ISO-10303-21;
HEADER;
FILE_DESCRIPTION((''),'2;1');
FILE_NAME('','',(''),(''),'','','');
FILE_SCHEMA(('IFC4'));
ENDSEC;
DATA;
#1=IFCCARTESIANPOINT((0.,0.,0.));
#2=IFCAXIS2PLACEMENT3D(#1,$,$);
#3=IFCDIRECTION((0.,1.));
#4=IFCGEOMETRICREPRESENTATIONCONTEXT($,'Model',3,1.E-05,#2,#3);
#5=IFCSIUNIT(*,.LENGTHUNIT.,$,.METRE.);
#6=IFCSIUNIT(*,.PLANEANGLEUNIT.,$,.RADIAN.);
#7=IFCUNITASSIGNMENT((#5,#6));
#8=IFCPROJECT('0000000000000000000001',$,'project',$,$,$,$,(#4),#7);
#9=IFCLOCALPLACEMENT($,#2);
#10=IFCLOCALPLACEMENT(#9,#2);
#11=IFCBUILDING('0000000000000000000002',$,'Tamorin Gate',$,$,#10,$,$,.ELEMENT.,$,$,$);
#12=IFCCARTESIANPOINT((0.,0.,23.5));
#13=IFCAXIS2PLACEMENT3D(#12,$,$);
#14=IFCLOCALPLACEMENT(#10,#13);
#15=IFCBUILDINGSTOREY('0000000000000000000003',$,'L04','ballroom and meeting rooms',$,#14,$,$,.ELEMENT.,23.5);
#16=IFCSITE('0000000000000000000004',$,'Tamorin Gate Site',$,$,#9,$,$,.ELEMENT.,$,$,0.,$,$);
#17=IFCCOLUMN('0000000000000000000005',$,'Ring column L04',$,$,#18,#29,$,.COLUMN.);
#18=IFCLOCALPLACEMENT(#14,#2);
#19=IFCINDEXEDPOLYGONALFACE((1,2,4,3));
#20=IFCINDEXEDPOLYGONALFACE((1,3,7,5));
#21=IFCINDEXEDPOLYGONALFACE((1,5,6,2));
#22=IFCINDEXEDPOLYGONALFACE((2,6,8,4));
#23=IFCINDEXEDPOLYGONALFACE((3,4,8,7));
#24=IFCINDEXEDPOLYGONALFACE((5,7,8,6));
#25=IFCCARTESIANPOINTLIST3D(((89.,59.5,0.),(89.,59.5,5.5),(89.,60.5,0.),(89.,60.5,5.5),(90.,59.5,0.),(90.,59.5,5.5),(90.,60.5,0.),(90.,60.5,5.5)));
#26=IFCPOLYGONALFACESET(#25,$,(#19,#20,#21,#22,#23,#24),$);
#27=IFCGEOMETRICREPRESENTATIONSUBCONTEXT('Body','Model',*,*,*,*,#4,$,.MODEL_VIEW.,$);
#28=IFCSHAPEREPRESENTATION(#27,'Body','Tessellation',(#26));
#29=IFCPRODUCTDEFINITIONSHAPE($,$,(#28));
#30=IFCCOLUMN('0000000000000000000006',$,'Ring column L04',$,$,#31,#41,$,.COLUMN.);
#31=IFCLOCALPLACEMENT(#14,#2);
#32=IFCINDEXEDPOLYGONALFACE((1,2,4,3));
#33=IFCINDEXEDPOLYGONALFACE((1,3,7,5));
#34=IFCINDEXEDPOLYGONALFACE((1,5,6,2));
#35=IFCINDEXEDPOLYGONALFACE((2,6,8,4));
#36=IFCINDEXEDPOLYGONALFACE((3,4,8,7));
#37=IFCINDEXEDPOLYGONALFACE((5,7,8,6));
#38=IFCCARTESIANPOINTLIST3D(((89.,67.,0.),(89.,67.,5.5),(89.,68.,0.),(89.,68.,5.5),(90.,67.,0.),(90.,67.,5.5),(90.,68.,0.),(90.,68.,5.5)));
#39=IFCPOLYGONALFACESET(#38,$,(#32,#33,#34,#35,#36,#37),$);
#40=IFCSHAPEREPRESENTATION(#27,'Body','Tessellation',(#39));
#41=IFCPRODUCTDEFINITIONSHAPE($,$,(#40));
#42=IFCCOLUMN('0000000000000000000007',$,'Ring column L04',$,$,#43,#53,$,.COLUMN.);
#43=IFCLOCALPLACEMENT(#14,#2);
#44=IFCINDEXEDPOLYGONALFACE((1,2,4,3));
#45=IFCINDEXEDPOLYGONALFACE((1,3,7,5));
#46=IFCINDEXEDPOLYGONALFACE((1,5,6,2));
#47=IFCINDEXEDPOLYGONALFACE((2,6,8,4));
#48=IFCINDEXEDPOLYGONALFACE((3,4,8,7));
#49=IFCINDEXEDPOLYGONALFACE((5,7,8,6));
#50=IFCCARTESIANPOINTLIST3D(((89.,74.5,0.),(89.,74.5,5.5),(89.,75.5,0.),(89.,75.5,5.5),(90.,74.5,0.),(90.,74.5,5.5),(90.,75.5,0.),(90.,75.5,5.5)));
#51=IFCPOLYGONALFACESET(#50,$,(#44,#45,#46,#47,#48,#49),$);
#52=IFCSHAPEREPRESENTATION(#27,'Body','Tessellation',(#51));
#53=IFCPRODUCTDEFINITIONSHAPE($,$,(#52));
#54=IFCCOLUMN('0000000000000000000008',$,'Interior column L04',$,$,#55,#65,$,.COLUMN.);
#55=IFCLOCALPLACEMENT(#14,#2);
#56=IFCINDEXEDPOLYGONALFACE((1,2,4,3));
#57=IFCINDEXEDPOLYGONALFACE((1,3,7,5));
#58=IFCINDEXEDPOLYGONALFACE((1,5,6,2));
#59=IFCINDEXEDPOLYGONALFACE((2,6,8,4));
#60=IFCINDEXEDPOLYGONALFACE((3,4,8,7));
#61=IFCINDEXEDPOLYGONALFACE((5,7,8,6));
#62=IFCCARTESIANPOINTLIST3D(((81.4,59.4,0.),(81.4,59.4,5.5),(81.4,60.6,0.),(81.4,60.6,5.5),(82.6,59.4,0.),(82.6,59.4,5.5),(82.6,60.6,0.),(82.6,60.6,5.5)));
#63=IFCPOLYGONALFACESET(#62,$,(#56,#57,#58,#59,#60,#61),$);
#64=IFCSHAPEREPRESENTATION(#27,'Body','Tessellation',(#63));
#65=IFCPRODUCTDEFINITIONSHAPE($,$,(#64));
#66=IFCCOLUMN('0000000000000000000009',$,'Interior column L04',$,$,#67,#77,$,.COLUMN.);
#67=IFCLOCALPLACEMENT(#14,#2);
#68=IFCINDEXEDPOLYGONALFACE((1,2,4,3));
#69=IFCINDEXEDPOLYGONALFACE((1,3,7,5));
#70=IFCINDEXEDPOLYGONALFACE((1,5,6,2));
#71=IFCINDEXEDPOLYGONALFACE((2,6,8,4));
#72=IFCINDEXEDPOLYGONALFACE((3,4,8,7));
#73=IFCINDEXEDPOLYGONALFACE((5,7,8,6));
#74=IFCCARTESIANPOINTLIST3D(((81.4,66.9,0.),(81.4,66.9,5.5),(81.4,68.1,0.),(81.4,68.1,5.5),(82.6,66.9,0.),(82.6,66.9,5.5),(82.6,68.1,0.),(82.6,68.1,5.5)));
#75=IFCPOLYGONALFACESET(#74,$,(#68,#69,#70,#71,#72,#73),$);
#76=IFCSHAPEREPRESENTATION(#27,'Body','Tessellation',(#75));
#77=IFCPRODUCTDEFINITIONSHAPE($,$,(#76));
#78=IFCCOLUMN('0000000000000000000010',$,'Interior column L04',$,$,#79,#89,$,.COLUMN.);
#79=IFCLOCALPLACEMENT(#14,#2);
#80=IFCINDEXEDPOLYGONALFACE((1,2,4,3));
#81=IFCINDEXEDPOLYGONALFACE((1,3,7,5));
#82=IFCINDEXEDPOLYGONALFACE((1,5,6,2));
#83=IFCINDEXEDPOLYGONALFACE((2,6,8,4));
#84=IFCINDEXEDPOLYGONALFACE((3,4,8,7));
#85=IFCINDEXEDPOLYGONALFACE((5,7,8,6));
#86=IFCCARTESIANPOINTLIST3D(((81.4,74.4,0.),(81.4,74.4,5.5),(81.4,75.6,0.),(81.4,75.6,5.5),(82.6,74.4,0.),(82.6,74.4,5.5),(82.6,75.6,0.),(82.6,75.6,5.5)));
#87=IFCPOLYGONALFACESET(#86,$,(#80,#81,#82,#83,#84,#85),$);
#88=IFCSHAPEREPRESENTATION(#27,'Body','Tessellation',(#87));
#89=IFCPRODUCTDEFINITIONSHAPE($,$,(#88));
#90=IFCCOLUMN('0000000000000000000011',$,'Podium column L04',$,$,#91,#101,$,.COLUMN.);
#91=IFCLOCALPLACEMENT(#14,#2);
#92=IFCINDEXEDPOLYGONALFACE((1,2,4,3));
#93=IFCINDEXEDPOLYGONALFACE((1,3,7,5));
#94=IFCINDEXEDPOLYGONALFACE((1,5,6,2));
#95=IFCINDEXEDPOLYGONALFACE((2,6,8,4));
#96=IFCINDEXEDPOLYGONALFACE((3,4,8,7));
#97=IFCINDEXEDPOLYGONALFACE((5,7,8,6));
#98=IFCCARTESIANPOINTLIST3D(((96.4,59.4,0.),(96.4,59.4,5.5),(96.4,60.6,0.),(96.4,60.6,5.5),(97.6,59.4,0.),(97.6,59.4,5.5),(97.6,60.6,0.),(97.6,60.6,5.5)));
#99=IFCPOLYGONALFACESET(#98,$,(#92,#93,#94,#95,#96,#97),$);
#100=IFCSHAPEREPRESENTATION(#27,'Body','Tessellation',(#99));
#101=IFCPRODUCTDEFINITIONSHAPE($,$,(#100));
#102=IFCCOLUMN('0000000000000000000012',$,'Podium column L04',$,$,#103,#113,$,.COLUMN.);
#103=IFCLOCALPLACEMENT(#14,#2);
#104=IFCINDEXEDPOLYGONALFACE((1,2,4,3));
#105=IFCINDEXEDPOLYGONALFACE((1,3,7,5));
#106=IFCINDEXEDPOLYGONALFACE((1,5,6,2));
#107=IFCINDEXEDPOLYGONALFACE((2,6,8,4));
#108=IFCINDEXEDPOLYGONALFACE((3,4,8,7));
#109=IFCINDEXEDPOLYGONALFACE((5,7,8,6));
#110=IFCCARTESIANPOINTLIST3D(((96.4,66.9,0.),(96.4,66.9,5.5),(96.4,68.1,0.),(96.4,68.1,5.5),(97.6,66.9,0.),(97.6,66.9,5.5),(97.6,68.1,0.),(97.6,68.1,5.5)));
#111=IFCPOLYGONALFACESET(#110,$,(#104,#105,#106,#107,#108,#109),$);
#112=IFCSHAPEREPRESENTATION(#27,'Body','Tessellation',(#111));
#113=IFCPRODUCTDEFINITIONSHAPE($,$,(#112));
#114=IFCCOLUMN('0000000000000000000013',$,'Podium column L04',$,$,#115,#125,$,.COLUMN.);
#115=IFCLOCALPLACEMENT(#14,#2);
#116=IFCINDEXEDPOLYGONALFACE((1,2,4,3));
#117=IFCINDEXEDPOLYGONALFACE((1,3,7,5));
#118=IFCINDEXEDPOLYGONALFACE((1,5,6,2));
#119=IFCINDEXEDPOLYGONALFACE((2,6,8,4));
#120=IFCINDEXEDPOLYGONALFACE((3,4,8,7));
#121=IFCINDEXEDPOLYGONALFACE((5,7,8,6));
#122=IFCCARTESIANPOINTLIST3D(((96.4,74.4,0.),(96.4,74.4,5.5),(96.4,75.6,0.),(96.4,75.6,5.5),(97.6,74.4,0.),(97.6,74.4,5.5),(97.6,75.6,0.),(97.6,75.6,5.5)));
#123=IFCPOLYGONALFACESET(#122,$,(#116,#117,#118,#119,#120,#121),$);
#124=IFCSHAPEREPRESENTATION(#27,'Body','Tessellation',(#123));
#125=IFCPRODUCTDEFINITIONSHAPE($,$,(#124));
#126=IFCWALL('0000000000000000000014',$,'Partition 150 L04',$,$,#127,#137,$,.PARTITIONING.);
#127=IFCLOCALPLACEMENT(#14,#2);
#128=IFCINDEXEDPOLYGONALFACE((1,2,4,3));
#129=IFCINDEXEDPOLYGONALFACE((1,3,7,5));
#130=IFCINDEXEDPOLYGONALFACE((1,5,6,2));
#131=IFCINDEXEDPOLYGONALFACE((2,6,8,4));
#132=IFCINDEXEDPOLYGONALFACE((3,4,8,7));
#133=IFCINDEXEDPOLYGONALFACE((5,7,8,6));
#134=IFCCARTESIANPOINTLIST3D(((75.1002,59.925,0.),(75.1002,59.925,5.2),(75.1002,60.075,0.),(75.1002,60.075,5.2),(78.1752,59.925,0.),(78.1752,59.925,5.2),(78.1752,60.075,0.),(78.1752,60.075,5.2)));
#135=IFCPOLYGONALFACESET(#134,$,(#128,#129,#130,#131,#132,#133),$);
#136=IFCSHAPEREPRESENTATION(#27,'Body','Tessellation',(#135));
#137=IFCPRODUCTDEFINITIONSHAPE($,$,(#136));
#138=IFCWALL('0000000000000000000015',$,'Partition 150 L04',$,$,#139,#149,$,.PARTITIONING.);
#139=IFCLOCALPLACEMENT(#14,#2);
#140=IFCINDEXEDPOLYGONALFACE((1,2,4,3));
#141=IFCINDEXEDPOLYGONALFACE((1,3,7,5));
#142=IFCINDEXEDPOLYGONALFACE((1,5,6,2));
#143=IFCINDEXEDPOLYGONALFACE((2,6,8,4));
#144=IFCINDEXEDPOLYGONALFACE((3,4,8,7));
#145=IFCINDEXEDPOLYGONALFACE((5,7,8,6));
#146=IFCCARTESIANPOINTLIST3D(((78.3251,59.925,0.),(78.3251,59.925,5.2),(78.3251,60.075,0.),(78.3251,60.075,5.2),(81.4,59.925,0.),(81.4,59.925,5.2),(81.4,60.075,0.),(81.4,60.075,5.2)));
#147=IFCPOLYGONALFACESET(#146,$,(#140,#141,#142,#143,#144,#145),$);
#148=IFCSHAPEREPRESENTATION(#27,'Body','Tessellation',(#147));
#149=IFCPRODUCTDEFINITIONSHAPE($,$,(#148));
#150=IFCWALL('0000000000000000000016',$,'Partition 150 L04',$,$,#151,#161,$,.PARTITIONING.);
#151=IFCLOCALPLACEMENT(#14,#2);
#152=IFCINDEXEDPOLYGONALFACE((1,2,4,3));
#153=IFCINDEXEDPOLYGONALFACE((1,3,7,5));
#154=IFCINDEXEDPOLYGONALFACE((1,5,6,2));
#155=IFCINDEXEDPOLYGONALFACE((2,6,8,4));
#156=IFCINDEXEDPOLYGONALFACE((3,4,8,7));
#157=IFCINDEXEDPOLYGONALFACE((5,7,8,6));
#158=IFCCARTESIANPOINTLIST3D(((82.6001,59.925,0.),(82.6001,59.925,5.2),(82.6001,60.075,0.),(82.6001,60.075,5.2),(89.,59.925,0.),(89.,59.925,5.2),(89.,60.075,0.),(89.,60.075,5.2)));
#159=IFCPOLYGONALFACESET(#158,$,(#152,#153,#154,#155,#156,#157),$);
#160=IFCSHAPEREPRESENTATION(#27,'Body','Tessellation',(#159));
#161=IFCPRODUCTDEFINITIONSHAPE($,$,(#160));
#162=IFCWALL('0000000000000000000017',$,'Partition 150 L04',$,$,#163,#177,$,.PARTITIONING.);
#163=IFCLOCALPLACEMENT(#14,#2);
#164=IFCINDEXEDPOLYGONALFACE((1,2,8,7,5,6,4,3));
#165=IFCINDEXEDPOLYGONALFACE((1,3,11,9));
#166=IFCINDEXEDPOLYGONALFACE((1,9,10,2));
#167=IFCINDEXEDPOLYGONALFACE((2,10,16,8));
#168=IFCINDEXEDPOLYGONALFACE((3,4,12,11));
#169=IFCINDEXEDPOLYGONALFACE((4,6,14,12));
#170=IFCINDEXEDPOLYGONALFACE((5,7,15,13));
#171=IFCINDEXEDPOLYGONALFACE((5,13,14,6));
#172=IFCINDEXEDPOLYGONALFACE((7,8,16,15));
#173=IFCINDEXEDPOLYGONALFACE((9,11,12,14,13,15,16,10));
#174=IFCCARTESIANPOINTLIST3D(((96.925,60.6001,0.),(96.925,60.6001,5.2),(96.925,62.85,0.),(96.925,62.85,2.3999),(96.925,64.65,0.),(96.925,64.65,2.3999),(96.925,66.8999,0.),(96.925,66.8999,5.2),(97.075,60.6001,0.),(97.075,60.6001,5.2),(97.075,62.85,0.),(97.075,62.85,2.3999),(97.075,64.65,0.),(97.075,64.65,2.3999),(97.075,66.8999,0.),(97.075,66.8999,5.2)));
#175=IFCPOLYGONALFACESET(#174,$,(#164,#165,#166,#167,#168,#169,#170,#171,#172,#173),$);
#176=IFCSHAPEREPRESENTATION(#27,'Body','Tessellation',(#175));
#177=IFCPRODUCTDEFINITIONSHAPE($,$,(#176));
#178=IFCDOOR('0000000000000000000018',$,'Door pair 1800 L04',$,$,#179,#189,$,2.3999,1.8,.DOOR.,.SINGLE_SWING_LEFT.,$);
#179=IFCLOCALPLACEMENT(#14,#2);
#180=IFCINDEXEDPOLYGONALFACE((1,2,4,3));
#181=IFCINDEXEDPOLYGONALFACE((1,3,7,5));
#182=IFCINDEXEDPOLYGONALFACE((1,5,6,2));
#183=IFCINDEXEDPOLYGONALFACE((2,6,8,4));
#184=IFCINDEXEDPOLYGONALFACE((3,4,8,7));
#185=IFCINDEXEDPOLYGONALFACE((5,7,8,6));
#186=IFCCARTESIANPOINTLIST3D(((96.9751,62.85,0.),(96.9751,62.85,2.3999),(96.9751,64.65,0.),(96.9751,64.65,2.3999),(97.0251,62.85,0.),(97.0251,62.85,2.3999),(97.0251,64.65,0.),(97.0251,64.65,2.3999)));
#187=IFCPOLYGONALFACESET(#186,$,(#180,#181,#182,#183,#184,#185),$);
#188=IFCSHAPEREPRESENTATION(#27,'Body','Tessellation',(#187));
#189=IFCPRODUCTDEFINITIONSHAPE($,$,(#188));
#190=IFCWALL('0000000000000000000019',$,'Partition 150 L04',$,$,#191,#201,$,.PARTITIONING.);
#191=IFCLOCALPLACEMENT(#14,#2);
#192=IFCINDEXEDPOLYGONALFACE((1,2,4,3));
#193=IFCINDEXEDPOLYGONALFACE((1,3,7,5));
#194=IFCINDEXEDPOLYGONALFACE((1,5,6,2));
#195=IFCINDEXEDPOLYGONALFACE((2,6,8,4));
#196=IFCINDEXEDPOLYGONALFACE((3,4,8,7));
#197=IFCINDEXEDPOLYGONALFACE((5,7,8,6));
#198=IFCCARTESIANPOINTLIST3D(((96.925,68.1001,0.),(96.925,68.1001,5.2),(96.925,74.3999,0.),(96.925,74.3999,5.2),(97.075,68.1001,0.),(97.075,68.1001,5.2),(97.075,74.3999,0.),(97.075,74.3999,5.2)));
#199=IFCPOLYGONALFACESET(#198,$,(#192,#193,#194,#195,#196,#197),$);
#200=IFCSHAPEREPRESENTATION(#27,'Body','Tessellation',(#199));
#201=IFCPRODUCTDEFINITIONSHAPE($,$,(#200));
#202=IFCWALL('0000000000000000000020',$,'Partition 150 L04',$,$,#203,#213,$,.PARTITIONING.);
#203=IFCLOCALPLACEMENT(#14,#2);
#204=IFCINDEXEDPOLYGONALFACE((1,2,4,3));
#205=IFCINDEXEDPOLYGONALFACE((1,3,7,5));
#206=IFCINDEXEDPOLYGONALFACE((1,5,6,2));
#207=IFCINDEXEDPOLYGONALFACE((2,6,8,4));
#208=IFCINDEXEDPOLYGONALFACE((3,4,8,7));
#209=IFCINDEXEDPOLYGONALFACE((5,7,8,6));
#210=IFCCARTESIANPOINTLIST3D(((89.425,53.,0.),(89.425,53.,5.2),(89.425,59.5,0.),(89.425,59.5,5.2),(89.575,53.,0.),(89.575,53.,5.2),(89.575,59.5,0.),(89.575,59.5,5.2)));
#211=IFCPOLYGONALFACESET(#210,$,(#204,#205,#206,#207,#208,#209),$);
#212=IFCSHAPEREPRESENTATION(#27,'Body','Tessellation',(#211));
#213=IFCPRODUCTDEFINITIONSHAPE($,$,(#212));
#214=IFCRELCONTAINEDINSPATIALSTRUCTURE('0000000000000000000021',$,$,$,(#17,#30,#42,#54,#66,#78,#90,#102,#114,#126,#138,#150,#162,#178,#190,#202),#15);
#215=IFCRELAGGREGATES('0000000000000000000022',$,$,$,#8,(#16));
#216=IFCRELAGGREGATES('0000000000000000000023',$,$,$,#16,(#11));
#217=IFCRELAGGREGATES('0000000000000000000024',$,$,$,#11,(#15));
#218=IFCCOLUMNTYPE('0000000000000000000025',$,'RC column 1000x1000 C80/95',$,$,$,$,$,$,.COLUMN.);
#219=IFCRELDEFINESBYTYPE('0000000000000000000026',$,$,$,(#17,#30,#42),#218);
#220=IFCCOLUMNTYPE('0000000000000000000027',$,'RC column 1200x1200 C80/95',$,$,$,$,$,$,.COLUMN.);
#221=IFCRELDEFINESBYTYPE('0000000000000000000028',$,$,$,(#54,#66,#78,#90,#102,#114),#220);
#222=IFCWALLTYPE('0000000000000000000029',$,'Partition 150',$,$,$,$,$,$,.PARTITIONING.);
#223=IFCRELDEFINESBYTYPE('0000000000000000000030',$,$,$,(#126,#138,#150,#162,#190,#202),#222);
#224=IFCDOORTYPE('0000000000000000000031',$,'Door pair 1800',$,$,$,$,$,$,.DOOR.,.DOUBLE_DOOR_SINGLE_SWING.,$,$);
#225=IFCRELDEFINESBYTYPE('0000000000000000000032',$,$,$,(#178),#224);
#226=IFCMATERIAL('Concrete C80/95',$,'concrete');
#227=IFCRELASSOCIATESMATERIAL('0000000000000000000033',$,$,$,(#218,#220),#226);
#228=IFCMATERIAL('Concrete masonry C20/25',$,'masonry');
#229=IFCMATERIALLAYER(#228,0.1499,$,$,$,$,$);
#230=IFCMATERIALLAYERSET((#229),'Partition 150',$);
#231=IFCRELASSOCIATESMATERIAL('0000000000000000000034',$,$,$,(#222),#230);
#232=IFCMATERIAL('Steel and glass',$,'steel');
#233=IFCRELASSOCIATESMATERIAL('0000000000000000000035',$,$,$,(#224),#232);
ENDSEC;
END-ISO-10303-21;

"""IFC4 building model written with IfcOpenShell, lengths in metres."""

from ifc_helpers import new_model, si_unit, direction, frame, frame_2d, origin, origin_2d, place, context, subcontext, project, spatial, rectangle, extrude, material, layer, layer_set, material_profile, profile_set, type_object, element, fill, save


model = new_model("IFC4")

# Units and contexts
model_context = context("Model", 3, precision=1e-05, world=origin(), true_north=direction((0.0, 1.0)))
body_context = subcontext(model_context, "Body", "Model", "MODEL_VIEW")
ifc_project = project(units=[si_unit("LENGTHUNIT", "METRE"), si_unit("PLANEANGLEUNIT", "RADIAN")], contexts=[model_context])

# Site, building, storey
site_placement = place(None, origin())
site = spatial("IfcSite", under=ifc_project, at=site_placement, Name="Tamorin Gate Site", CompositionType="ELEMENT", RefElevation=0.0)
building_placement = place(site_placement, origin())
building = spatial("IfcBuilding", under=site, at=building_placement, Name="Tamorin Gate", CompositionType="ELEMENT")
storey_placement = place(building_placement, frame((0.0, 0.0, 23.5)))
storey = spatial("IfcBuildingStorey", under=building, at=storey_placement, Name="L04", Description="ballroom and meeting rooms", CompositionType="ELEMENT", Elevation=23.5)

# Columns
ifc_material_1 = material(Name="Concrete C80/95", Category="concrete")
ifc_material_profile_1 = material_profile(ifc_material_1, rectangle(XDim=1.0, YDim=1.0, at=origin_2d()), Name="RC 1000x1000")
ifc_profile_set_1 = profile_set([ifc_material_profile_1], Name="Concrete C80/95")
column_type_1 = type_object("IfcColumnType", Name="RC column 1000x1000 C80/95", PredefinedType="COLUMN", material=ifc_profile_set_1)
for number, where, z_axis, x_axis, name in (
    (1, (89.5, 60.0, 0.0), (0.0, 0.0, 1.0), (1.0, 0.0, 0.0), "Ring column L04"),
    (2, (89.5, 67.5, 0.0), (0.0, 0.0, 1.0), (1.0, 0.0, 0.0), "Ring column L04"),
    (3, (89.5, 75.0, 0.0), (0.0, 0.0, 1.0), (1.0, 0.0, 0.0), "Ring column L04"),
):
    element("IfcColumn", number, at=place(storey_placement, frame(where, z_axis=z_axis, x_axis=x_axis)), inside=storey, type_object=column_type_1, Name=name, PredefinedType="COLUMN", context=body_context, shape_type="SweptSolid", body=[
        extrude(rectangle(XDim=1.0, YDim=1.0, at=origin_2d()), origin(), (0.0, 0.0, 1.0), 5.5),
    ])
ifc_material_profile_2 = material_profile(ifc_material_1, rectangle(XDim=1.2, YDim=1.2, at=origin_2d()), Name="RC 1200x1200")
ifc_profile_set_2 = profile_set([ifc_material_profile_2], Name="Concrete C80/95")
column_type_2 = type_object("IfcColumnType", Name="RC column 1200x1200 C80/95", PredefinedType="COLUMN", material=ifc_profile_set_2)
for number, where, z_axis, x_axis, name in (
    (4, (82.0, 60.0, 0.0), (0.0, 0.0, 1.0), (1.0, 0.0, 0.0), "Interior column L04"),
    (5, (82.0, 67.5, 0.0), (0.0, 0.0, 1.0), (1.0, 0.0, 0.0), "Interior column L04"),
    (6, (82.0, 75.0, 0.0), (0.0, 0.0, 1.0), (1.0, 0.0, 0.0), "Interior column L04"),
    (7, (97.0, 60.0, 0.0), (0.0, 0.0, 1.0), (1.0, 0.0, 0.0), "Podium column L04"),
    (8, (97.0, 67.5, 0.0), (0.0, 0.0, 1.0), (1.0, 0.0, 0.0), "Podium column L04"),
    (9, (97.0, 75.0, 0.0), (0.0, 0.0, 1.0), (1.0, 0.0, 0.0), "Podium column L04"),
):
    element("IfcColumn", number, at=place(storey_placement, frame(where, z_axis=z_axis, x_axis=x_axis)), inside=storey, type_object=column_type_2, Name=name, PredefinedType="COLUMN", context=body_context, shape_type="SweptSolid", body=[
        extrude(rectangle(XDim=1.2, YDim=1.2, at=origin_2d()), origin(), (0.0, 0.0, 1.0), 5.5),
    ])

# Walls
ifc_material_2 = material(Name="Concrete masonry C20/25", Category="masonry")
ifc_layer_1 = layer(ifc_material_2, 0.1499)
ifc_layer_set_1 = layer_set([ifc_layer_1], Name="Partition 150")
wall_type_1 = type_object("IfcWallType", Name="Partition 150", PredefinedType="PARTITIONING", material=ifc_layer_set_1)
for number, where, z_axis, x_axis, name in (
    (10, (75.1001, 60.0, 0.0), (0.0, 0.0, 1.0), (1.0, 0.0, 0.0), "Partition 150 L04"),
    (11, (78.325, 60.0, 0.0), (0.0, 0.0, 1.0), (1.0, 0.0, 0.0), "Partition 150 L04"),
):
    element("IfcWall", number, at=place(storey_placement, frame(where, z_axis=z_axis, x_axis=x_axis)), inside=storey, type_object=wall_type_1, Name=name, PredefinedType="PARTITIONING", context=body_context, shape_type="SweptSolid", body=[
        extrude(rectangle(XDim=3.075, YDim=0.1499, at=frame_2d((1.5376, 0.0))), origin(), (0.0, 0.0, 1.0), 5.2),
    ])
wall_1_placement = place(storey_placement, frame((82.6001, 60.0, 0.0), z_axis=(0.0, 0.0, 1.0), x_axis=(1.0, 0.0, 0.0)))
element("IfcWall", 12, at=wall_1_placement, inside=storey, type_object=wall_type_1, Name="Partition 150 L04", PredefinedType="PARTITIONING", context=body_context, shape_type="SweptSolid", body=[
    extrude(rectangle(XDim=6.3999, YDim=0.1499, at=frame_2d((3.2, 0.0))), origin(), (0.0, 0.0, 1.0), 5.2),
])

# Wall, opening, door
wall_2_placement = place(storey_placement, frame((97.0, 60.6001, 0.0), z_axis=(0.0, 0.0, 1.0), x_axis=(0.0, 1.0, 0.0)))
wall_2 = element("IfcWall", 13, at=wall_2_placement, inside=storey, type_object=wall_type_1, Name="Partition 150 L04", PredefinedType="PARTITIONING", context=body_context, shape_type="SweptSolid", body=[
    extrude(rectangle(XDim=6.2998, YDim=0.1499, at=frame_2d((3.1499, 0.0))), origin(), (0.0, 0.0, 1.0), 5.2),
])
opening_1_placement = place(wall_2_placement, frame((2.25, 0.0, 0.0)))
opening_1 = element("IfcOpeningElement", 14, at=opening_1_placement, cuts=wall_2, PredefinedType="OPENING", context=body_context, shape_type="SweptSolid", body=[
    extrude(rectangle(XDim=1.8, YDim=2.3999, at=frame_2d((0.8999, 1.2))), frame((0.0, 0.085, 0.0), z_axis=(0.0, -1.0, 0.0), x_axis=(1.0, 0.0, 0.0)), (0.0, 0.0, 1.0), 0.1699),
])
ifc_material_3 = material(Name="Steel and glass", Category="steel")
door_type_1 = type_object("IfcDoorType", Name="Door pair 1800", OperationType="DOUBLE_DOOR_SINGLE_SWING", PredefinedType="DOOR", material=ifc_material_3)
door_1_placement = place(opening_1_placement, origin())
door_1 = element("IfcDoor", 15, at=door_1_placement, inside=storey, type_object=door_type_1, Name="Door pair 1800 L04", OperationType="SINGLE_SWING_LEFT", OverallHeight=2.3999, OverallWidth=1.8, PredefinedType="DOOR", context=body_context, shape_type="SweptSolid", body=[
    extrude(rectangle(XDim=1.8, YDim=2.3999, at=frame_2d((0.8999, 1.2))), frame((0.0, 0.0249, 0.0), z_axis=(0.0, -1.0, 0.0), x_axis=(1.0, 0.0, 0.0)), (0.0, 0.0, 1.0), 0.05),
])
fill(opening_1, door_1)

# Walls
wall_3_placement = place(storey_placement, frame((97.0, 68.1001, 0.0), z_axis=(0.0, 0.0, 1.0), x_axis=(0.0, 1.0, 0.0)))
element("IfcWall", 16, at=wall_3_placement, inside=storey, type_object=wall_type_1, Name="Partition 150 L04", PredefinedType="PARTITIONING", context=body_context, shape_type="SweptSolid", body=[
    extrude(rectangle(XDim=6.2998, YDim=0.1499, at=frame_2d((3.1499, 0.0))), origin(), (0.0, 0.0, 1.0), 5.2),
])
for number, where, z_axis, x_axis, name in (
    (17, (89.5, 53.0, 0.0), (0.0, 0.0, 1.0), (0.0, 1.0, 0.0), "Partition 150 L04"),
):
    element("IfcWall", number, at=place(storey_placement, frame(where, z_axis=z_axis, x_axis=x_axis)), inside=storey, type_object=wall_type_1, Name=name, PredefinedType="PARTITIONING", context=body_context, shape_type="SweptSolid", body=[
        extrude(rectangle(XDim=6.5, YDim=0.1499, at=frame_2d((3.25, 0.0))), origin(), (0.0, 0.0, 1.0), 5.2),
    ])

save(model, "model.ifc")
